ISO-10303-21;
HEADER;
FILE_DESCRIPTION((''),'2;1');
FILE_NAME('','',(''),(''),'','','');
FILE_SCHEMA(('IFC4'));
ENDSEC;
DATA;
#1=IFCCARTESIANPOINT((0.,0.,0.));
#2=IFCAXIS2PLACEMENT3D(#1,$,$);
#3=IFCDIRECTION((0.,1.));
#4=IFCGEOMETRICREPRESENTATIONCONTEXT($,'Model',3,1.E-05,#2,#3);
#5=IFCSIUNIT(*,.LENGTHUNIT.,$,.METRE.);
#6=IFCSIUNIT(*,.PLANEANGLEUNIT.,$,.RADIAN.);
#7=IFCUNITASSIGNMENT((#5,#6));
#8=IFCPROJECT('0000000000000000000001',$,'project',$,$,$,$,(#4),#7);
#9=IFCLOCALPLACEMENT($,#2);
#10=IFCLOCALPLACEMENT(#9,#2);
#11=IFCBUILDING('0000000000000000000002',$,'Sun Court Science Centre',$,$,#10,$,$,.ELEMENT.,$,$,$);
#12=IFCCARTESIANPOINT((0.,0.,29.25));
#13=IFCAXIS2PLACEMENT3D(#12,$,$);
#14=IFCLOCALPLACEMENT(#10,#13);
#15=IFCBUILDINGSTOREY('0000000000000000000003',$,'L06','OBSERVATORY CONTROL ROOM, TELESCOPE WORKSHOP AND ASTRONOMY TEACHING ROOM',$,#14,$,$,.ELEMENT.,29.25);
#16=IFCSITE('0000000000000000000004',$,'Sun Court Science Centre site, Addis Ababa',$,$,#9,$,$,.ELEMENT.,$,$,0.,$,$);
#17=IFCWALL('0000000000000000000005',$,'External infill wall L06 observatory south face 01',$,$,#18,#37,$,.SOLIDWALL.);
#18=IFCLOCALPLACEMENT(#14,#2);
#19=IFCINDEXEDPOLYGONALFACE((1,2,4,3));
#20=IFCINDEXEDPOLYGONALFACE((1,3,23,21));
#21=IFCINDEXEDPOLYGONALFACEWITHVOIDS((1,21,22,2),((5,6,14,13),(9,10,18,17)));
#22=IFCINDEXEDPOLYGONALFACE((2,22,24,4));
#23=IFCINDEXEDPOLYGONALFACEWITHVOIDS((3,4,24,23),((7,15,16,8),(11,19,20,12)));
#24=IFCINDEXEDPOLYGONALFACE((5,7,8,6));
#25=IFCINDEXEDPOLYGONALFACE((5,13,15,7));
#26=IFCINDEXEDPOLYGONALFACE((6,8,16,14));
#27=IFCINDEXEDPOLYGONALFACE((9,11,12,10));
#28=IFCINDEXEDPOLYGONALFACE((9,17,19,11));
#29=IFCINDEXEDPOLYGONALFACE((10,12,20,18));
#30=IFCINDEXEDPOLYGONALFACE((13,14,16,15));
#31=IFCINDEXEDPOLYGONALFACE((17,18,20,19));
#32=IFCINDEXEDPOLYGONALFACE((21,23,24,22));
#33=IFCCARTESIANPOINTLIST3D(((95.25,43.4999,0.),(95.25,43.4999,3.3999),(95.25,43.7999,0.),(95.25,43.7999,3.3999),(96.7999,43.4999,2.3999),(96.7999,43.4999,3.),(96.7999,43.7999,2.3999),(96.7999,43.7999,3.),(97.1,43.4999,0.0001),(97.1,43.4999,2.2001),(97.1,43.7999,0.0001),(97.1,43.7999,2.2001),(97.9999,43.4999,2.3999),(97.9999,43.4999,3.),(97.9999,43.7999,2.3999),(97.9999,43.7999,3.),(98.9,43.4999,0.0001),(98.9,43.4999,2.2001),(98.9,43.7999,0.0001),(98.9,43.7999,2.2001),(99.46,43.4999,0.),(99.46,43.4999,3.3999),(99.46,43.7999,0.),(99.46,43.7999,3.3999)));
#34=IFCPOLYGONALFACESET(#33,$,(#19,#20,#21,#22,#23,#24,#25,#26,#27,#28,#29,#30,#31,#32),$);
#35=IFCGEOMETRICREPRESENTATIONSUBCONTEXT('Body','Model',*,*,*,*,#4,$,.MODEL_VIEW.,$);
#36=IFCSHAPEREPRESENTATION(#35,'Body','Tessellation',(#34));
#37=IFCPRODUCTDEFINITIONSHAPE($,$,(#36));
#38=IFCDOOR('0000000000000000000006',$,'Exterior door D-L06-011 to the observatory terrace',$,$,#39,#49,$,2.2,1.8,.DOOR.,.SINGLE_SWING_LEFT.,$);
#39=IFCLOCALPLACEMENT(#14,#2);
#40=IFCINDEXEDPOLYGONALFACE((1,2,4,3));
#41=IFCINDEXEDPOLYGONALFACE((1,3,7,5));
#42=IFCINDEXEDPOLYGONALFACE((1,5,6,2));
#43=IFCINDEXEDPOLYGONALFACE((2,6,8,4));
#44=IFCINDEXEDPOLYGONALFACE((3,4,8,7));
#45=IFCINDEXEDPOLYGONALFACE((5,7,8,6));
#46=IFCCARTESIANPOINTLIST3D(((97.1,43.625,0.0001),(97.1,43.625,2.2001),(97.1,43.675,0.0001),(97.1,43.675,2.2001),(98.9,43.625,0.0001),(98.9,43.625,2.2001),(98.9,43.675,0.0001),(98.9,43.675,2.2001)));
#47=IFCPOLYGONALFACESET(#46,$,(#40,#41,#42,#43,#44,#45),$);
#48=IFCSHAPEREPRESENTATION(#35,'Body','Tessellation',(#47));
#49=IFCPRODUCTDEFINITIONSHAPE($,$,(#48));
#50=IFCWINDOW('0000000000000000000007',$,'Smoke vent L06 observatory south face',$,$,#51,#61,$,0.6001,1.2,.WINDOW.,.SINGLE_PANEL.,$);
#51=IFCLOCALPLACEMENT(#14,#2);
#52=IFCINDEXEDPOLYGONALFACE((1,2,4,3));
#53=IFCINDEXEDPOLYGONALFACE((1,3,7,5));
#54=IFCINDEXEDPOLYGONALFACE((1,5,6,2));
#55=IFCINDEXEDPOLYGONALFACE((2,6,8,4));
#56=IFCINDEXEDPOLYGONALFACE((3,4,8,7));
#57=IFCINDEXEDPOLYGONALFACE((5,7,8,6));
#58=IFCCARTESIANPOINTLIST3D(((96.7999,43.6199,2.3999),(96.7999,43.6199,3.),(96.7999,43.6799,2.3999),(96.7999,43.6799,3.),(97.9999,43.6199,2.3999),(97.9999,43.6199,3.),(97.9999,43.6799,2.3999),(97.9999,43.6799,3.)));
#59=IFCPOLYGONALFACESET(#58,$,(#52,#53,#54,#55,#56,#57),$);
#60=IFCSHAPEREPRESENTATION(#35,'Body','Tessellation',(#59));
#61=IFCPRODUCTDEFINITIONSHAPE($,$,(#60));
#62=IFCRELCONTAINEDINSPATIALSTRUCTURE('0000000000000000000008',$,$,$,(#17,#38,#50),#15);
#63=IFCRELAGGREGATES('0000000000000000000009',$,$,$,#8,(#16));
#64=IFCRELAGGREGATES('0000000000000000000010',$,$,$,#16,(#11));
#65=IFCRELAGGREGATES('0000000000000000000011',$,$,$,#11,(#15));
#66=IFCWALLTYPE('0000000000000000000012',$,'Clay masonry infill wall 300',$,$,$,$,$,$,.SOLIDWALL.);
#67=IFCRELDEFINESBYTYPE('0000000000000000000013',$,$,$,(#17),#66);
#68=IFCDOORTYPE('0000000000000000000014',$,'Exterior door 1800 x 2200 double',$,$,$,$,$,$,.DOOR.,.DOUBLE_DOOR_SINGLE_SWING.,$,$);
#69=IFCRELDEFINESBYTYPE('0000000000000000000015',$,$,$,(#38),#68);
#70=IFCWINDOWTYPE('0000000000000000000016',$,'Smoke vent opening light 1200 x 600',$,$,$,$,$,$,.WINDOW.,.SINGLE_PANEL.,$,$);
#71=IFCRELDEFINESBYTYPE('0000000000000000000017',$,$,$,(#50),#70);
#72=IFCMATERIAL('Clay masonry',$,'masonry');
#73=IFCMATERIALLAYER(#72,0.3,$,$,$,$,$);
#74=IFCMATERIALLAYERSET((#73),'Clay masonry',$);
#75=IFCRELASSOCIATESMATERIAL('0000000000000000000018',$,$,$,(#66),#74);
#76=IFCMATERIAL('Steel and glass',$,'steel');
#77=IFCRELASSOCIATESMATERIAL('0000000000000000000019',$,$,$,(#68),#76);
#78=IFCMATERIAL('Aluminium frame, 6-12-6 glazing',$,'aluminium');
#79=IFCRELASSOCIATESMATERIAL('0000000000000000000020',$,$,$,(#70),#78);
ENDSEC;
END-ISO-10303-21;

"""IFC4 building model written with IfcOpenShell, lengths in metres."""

from ifc_helpers import new_model, si_unit, direction, frame, frame_2d, origin, place, context, subcontext, project, spatial, rectangle, extrude, material, layer, layer_set, type_object, element, fill, save


model = new_model("IFC4")

# Units and contexts
model_context = context("Model", 3, precision=1e-05, world=origin(), true_north=direction((0.0, 1.0)))
body_context = subcontext(model_context, "Body", "Model", "MODEL_VIEW")
ifc_project = project(units=[si_unit("LENGTHUNIT", "METRE"), si_unit("PLANEANGLEUNIT", "RADIAN")], contexts=[model_context])

# Site, building, storey
site_placement = place(None, origin())
site = spatial("IfcSite", under=ifc_project, at=site_placement, Name="Sun Court Science Centre site, Addis Ababa", CompositionType="ELEMENT", RefElevation=0.0)
building_placement = place(site_placement, origin())
building = spatial("IfcBuilding", under=site, at=building_placement, Name="Sun Court Science Centre", CompositionType="ELEMENT")
storey_placement = place(building_placement, frame((0.0, 0.0, 29.25)))
storey = spatial("IfcBuildingStorey", under=building, at=storey_placement, Name="L06", Description="OBSERVATORY CONTROL ROOM, TELESCOPE WORKSHOP AND ASTRONOMY TEACHING ROOM", CompositionType="ELEMENT", Elevation=29.25)

# Wall, openings, door, window
ifc_material_1 = material(Name="Clay masonry", Category="masonry")
ifc_layer_1 = layer(ifc_material_1, 0.3)
ifc_layer_set_1 = layer_set([ifc_layer_1], Name="Clay masonry")
wall_type = type_object("IfcWallType", Name="Clay masonry infill wall 300", PredefinedType="SOLIDWALL", material=ifc_layer_set_1)
wall_placement = place(storey_placement, frame((99.46, 43.6499, 0.0), z_axis=(0.0, 0.0, 1.0), x_axis=(-1.0, 0.0, 0.0)))
wall = element("IfcWall", 1, at=wall_placement, inside=storey, type_object=wall_type, Name="External infill wall L06 observatory south face 01", PredefinedType="SOLIDWALL", context=body_context, shape_type="SweptSolid", body=[
    extrude(rectangle(XDim=4.21, YDim=0.3, at=frame_2d((2.105, 0.0))), origin(), (0.0, 0.0, 1.0), 3.3999),
])
opening_1_placement = place(wall_placement, frame((0.5601, 0.0, 0.0)))
opening_1 = element("IfcOpeningElement", 2, at=opening_1_placement, cuts=wall, PredefinedType="OPENING", context=body_context, shape_type="SweptSolid", body=[
    extrude(rectangle(XDim=1.8, YDim=2.2, at=frame_2d((0.8999, 1.1001))), frame((0.0, 0.1599, 0.0), z_axis=(0.0, -1.0, 0.0), x_axis=(1.0, 0.0, 0.0)), (0.0, 0.0, 1.0), 0.3201),
])
opening_2_placement = place(wall_placement, frame((1.46, 0.0, 2.3999)))
opening_2 = element("IfcOpeningElement", 3, at=opening_2_placement, cuts=wall, PredefinedType="OPENING", context=body_context, shape_type="SweptSolid", body=[
    extrude(rectangle(XDim=1.2, YDim=0.6001, at=frame_2d((0.6001, 0.3))), frame((0.0, 0.1599, 0.0), z_axis=(0.0, -1.0, 0.0), x_axis=(1.0, 0.0, 0.0)), (0.0, 0.0, 1.0), 0.3201),
])
ifc_material_2 = material(Name="Steel and glass", Category="steel")
door_type = type_object("IfcDoorType", Name="Exterior door 1800 x 2200 double", OperationType="DOUBLE_DOOR_SINGLE_SWING", PredefinedType="DOOR", material=ifc_material_2)
door_placement = place(opening_1_placement, origin())
door = element("IfcDoor", 4, at=door_placement, inside=storey, type_object=door_type, Name="Exterior door D-L06-011 to the observatory terrace", OperationType="SINGLE_SWING_LEFT", OverallHeight=2.2, OverallWidth=1.8, PredefinedType="DOOR", context=body_context, shape_type="SweptSolid", body=[
    extrude(rectangle(XDim=1.8, YDim=2.2, at=frame_2d((0.8999, 1.1001))), frame((0.0, 0.0249, 0.0), z_axis=(0.0, -1.0, 0.0), x_axis=(1.0, 0.0, 0.0)), (0.0, 0.0, 1.0), 0.05),
])
fill(opening_1, door)
ifc_material_3 = material(Name="Aluminium frame, 6-12-6 glazing", Category="aluminium")
window_type = type_object("IfcWindowType", Name="Smoke vent opening light 1200 x 600", PartitioningType="SINGLE_PANEL", PredefinedType="WINDOW", material=ifc_material_3)
window_placement = place(opening_2_placement, origin())
window = element("IfcWindow", 5, at=window_placement, inside=storey, type_object=window_type, Name="Smoke vent L06 observatory south face", OverallHeight=0.6001, OverallWidth=1.2, PartitioningType="SINGLE_PANEL", PredefinedType="WINDOW", context=body_context, shape_type="SweptSolid", body=[
    extrude(rectangle(XDim=1.2, YDim=0.6001, at=frame_2d((0.6001, 0.3))), frame((0.0, 0.03, 0.0), z_axis=(0.0, -1.0, 0.0), x_axis=(1.0, 0.0, 0.0)), (0.0, 0.0, 1.0), 0.0601),
])
fill(opening_2, window)

save(model, "model.ifc")
